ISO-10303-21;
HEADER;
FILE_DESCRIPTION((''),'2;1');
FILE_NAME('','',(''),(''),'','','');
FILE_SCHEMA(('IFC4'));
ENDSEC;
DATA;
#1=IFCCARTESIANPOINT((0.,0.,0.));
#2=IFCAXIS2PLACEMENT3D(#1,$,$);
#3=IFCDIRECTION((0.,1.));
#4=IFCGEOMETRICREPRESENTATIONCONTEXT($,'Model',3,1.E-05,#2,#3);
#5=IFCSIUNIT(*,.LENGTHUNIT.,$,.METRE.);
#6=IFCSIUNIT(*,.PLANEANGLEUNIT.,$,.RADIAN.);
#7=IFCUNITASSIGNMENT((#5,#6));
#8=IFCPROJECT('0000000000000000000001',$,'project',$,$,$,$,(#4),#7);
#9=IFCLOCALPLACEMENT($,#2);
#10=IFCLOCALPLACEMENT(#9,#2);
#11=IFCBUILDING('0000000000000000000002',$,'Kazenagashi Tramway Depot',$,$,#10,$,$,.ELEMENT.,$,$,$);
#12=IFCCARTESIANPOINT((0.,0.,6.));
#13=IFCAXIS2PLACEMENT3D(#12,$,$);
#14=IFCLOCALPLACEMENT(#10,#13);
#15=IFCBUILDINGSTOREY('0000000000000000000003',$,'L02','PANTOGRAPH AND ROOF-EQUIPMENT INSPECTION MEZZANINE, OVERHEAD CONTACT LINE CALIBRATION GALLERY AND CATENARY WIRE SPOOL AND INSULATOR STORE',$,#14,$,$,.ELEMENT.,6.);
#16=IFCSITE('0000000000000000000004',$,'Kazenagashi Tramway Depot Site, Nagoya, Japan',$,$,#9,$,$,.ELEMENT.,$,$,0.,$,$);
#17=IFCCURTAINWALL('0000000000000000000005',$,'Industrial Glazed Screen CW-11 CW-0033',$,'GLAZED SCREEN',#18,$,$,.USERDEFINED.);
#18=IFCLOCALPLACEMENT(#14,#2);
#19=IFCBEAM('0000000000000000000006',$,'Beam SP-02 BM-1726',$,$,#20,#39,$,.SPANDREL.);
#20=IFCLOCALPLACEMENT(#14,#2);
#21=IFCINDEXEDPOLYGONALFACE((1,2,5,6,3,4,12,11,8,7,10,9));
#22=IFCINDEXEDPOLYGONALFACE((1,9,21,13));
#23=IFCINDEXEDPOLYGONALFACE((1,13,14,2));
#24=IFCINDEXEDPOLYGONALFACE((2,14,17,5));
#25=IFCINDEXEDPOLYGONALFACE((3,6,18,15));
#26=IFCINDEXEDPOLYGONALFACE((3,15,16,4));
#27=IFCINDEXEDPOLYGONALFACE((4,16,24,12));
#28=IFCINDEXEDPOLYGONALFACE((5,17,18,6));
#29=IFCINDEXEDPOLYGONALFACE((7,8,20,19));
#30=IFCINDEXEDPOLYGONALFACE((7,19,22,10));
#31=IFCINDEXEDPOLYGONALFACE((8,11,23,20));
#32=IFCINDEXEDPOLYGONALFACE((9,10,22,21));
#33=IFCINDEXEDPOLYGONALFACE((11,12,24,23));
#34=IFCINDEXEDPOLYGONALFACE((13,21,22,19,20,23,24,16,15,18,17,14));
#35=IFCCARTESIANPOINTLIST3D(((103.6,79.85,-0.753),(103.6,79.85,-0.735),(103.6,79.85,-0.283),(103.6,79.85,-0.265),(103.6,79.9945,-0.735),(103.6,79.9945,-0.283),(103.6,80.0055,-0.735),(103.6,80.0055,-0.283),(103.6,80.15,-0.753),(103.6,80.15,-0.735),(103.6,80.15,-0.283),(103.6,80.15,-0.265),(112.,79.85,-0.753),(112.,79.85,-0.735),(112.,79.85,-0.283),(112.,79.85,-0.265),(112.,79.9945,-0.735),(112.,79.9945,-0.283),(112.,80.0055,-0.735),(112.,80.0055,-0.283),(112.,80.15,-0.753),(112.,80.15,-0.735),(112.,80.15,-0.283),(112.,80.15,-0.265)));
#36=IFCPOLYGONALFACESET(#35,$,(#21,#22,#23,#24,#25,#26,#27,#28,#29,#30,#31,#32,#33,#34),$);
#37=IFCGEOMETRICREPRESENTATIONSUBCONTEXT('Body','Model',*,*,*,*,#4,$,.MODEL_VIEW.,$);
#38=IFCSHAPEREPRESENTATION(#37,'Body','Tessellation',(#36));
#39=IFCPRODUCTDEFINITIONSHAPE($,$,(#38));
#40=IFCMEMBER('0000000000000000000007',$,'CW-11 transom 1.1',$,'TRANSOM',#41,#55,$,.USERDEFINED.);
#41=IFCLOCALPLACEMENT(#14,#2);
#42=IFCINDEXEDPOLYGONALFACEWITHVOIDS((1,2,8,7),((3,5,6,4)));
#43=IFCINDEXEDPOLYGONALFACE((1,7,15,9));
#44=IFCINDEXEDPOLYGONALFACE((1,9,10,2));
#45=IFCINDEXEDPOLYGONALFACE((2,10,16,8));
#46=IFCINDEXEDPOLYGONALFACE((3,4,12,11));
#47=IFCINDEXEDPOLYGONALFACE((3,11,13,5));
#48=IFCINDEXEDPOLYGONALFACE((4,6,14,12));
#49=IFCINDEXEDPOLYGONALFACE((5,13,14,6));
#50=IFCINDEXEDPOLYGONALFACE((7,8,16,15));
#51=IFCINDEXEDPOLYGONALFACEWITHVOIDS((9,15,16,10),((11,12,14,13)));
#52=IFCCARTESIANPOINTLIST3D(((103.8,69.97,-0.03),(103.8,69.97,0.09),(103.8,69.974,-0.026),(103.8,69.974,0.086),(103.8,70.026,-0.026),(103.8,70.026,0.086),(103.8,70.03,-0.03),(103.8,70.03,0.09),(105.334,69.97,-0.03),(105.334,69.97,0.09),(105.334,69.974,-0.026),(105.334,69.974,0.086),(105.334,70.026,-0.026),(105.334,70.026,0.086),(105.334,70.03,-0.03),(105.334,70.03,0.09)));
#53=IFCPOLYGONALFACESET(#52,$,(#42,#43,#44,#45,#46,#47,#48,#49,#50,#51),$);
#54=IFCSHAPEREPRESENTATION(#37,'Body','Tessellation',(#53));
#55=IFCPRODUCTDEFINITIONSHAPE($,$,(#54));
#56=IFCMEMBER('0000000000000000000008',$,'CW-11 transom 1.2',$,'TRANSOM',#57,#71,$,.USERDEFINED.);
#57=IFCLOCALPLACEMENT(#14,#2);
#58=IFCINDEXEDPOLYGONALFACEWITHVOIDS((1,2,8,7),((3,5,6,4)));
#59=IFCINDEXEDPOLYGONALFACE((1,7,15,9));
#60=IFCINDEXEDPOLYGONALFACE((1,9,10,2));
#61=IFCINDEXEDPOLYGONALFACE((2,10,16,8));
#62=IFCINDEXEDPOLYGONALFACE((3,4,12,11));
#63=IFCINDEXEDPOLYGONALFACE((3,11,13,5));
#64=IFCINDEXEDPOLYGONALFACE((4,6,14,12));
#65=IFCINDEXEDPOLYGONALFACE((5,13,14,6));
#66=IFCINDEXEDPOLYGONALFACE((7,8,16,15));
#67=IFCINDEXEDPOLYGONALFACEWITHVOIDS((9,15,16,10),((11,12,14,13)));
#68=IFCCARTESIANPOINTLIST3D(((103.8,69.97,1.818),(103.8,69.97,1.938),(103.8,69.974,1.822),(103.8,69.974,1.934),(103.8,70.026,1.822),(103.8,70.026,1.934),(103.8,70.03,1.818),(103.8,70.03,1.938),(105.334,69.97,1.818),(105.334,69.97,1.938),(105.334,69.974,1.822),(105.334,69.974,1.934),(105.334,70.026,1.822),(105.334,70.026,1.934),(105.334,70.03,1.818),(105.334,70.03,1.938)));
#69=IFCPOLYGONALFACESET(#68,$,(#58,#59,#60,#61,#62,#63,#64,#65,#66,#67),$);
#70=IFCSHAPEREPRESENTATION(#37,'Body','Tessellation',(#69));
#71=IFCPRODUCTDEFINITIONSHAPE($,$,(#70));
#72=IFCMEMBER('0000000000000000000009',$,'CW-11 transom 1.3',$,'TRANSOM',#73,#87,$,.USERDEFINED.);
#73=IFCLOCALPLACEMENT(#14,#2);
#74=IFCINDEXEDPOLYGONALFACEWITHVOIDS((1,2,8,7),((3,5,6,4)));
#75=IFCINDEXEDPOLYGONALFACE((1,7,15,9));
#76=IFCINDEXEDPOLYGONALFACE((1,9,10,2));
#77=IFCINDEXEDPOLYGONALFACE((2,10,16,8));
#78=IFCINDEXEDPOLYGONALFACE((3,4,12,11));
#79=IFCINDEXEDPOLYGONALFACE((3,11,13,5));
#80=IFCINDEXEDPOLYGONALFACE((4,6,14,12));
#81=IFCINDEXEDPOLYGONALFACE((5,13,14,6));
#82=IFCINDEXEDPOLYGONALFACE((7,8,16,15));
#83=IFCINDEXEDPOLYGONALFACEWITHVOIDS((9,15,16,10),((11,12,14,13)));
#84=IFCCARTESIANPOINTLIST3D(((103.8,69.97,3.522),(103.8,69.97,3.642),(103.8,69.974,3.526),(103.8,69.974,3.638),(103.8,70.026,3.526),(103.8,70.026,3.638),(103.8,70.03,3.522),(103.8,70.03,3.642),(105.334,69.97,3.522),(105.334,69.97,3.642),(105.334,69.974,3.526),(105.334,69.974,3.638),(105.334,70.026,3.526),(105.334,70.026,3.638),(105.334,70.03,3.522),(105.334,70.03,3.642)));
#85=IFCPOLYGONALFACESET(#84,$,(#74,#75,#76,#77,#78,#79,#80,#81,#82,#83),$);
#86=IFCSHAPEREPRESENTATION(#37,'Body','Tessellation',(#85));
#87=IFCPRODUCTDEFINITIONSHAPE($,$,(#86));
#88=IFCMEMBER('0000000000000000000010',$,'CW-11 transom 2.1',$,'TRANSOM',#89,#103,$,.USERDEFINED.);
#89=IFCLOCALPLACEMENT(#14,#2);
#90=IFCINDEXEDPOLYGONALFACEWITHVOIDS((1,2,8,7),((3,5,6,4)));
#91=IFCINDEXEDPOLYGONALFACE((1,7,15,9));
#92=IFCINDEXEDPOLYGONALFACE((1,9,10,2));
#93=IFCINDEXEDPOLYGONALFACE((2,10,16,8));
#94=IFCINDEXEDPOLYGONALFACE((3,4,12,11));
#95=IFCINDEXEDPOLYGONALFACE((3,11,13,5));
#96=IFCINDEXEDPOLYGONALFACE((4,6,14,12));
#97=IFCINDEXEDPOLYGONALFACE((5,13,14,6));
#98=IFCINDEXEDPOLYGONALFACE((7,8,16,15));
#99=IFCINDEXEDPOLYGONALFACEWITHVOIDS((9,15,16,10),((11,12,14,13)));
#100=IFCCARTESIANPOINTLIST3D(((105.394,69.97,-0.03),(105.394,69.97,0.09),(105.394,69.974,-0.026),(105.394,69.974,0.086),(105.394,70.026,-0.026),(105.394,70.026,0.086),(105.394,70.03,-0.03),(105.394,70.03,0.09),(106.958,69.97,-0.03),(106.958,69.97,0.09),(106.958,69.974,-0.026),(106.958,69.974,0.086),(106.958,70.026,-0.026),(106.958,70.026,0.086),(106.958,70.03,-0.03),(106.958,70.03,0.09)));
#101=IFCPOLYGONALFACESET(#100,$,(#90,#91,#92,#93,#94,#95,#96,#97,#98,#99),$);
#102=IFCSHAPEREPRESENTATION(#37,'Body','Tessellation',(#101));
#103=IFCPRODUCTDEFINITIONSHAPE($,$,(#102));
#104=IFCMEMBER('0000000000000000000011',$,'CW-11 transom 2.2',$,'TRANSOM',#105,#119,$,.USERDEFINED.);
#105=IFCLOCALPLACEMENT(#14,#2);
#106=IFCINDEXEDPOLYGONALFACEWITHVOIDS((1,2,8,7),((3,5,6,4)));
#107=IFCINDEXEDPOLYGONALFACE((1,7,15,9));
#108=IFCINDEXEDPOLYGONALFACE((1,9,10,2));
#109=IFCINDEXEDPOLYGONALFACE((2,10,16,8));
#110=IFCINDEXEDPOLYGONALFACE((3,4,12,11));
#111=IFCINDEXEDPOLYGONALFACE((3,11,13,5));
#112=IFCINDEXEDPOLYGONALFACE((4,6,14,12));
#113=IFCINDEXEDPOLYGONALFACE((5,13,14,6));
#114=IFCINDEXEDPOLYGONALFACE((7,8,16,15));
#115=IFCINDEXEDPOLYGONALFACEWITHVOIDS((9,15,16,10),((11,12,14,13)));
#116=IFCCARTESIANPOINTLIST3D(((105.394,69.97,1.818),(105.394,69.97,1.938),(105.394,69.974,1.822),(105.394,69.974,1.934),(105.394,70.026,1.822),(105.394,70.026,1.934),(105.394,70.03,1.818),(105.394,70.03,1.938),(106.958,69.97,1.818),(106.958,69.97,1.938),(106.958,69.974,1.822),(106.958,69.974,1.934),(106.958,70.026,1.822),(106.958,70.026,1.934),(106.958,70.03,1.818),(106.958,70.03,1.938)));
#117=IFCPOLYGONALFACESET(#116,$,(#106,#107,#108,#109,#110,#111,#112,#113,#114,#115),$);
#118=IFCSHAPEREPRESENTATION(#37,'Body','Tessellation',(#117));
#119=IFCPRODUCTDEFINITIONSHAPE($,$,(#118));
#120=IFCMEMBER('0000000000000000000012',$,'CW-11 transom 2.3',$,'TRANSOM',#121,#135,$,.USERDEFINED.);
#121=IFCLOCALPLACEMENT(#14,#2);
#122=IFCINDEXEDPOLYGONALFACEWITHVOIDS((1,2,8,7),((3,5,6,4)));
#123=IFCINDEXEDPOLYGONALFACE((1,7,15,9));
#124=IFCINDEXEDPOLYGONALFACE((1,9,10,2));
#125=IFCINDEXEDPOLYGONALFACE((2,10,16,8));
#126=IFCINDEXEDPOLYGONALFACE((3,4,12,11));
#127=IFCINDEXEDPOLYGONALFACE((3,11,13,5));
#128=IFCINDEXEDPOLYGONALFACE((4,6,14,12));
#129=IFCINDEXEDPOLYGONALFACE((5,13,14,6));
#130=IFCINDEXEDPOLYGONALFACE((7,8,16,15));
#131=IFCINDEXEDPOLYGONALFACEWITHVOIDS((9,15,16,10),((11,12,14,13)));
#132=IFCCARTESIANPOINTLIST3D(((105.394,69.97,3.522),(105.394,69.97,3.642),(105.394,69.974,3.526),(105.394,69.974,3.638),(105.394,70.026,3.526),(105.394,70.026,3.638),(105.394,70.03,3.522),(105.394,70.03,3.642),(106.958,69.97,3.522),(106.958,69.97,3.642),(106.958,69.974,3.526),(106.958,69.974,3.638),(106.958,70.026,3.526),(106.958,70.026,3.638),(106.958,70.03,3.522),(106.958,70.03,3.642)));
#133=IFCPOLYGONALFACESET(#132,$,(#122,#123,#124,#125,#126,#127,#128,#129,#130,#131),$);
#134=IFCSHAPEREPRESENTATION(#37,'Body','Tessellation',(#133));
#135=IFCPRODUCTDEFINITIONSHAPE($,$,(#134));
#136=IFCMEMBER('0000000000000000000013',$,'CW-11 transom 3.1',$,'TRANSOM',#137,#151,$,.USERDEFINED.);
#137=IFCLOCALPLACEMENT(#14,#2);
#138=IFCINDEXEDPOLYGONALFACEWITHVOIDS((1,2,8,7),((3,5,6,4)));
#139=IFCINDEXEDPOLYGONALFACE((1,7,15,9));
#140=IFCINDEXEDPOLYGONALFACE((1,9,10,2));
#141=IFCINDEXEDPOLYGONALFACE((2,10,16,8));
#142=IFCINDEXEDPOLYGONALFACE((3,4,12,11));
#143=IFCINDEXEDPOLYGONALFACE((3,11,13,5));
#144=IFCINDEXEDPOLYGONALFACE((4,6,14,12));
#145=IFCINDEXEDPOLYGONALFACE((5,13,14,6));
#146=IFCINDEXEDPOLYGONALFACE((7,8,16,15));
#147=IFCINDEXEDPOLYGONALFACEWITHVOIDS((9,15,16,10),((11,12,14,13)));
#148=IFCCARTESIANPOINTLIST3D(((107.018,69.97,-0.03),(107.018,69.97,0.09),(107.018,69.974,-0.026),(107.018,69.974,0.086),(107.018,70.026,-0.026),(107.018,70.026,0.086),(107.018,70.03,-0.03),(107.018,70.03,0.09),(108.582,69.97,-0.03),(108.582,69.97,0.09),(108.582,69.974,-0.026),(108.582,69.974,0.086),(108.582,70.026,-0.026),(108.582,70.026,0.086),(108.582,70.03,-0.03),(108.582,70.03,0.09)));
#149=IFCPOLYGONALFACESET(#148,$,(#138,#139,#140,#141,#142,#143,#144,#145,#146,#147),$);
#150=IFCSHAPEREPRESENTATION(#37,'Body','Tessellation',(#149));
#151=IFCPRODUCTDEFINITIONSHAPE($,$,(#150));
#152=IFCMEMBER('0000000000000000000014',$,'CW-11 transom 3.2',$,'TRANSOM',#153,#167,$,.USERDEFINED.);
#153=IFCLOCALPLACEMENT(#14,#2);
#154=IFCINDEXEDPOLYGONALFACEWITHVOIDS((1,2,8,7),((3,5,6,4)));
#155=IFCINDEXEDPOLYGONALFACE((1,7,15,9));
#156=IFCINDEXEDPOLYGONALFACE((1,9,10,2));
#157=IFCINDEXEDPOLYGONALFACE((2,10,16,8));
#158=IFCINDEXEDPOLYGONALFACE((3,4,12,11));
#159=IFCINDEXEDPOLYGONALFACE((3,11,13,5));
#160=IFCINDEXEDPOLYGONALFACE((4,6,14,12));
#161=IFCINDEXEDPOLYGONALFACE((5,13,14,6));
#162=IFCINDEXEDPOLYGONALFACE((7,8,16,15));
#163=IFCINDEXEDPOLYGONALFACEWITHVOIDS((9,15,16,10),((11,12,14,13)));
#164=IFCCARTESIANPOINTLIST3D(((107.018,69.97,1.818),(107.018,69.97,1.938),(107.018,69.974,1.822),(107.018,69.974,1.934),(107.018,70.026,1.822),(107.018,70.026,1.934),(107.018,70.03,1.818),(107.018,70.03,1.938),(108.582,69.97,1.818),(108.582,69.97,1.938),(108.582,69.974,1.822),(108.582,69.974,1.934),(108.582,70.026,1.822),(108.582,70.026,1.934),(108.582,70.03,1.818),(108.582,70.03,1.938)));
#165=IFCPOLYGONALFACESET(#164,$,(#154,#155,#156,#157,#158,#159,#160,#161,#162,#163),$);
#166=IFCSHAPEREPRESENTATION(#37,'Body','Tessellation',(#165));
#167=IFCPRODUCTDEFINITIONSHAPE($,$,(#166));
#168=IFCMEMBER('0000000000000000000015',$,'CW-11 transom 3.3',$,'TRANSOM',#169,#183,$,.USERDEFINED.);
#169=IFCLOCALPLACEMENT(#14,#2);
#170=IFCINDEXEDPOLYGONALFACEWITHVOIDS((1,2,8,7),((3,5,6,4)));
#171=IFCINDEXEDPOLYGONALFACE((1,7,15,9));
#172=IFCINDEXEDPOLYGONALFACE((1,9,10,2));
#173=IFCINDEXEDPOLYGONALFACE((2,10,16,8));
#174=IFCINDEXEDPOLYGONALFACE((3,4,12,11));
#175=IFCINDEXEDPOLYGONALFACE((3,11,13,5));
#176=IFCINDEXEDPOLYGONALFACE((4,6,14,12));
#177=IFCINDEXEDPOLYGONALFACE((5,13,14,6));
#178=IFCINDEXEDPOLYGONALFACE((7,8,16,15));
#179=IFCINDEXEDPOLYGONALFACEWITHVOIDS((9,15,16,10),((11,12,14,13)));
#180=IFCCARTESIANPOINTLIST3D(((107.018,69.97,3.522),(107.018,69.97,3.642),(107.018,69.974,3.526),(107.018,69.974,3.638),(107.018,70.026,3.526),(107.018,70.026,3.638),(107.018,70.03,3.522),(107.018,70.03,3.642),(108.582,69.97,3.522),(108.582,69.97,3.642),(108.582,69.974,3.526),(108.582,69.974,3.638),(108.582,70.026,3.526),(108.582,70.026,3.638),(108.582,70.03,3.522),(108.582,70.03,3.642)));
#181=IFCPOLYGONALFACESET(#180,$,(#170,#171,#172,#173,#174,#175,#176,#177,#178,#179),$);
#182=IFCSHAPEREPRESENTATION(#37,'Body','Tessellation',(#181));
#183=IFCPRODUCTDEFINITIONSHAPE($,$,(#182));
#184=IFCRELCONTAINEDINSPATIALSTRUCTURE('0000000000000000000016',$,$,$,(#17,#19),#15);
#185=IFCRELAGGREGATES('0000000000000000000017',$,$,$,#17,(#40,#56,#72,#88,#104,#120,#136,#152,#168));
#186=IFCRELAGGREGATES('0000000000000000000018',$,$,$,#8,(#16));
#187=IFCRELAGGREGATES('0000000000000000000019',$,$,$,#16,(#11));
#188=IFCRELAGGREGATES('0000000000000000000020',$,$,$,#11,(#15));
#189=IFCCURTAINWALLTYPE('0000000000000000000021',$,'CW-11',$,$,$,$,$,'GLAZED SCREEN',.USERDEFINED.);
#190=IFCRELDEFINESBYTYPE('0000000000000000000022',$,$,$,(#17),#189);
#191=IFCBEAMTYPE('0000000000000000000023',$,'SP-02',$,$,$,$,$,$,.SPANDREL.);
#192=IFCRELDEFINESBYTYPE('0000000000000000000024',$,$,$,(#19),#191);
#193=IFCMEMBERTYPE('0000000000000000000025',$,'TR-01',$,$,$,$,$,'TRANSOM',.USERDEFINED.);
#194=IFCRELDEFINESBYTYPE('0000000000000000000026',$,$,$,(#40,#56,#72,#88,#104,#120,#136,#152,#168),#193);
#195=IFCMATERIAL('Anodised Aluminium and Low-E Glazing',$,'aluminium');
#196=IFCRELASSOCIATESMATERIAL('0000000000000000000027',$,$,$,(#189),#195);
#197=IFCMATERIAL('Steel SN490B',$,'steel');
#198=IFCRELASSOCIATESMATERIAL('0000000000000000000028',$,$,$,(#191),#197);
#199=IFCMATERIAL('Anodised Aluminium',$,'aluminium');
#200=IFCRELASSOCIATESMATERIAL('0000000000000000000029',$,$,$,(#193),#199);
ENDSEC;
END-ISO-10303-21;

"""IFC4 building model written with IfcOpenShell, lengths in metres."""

from ifc_helpers import new_model, si_unit, direction, frame, origin, origin_2d, place, context, subcontext, project, spatial, hollow_rectangle, i_section, extrude, material, material_profile, profile_set, type_object, element, aggregate, save


model = new_model("IFC4")

# Units and contexts
model_context = context("Model", 3, precision=1e-05, world=origin(), true_north=direction((0.0, 1.0)))
body_context = subcontext(model_context, "Body", "Model", "MODEL_VIEW")
ifc_project = project(units=[si_unit("LENGTHUNIT", "METRE"), si_unit("PLANEANGLEUNIT", "RADIAN")], contexts=[model_context])

# Site, building, storey
site_placement = place(None, origin())
site = spatial("IfcSite", under=ifc_project, at=site_placement, Name="Kazenagashi Tramway Depot Site, Nagoya, Japan", CompositionType="ELEMENT", RefElevation=0.0)
building_placement = place(site_placement, origin())
building = spatial("IfcBuilding", under=site, at=building_placement, Name="Kazenagashi Tramway Depot", CompositionType="ELEMENT")
storey_placement = place(building_placement, frame((0.0, 0.0, 6.0)))
storey = spatial("IfcBuildingStorey", under=building, at=storey_placement, Name="L02", Description="PANTOGRAPH AND ROOF-EQUIPMENT INSPECTION MEZZANINE, OVERHEAD CONTACT LINE CALIBRATION GALLERY AND CATENARY WIRE SPOOL AND INSULATOR STORE", CompositionType="ELEMENT", Elevation=6.0)

# Shared definitions
ifc_material_1 = material(Name="Steel SN490B", Category="steel")

# Curtain wall
ifc_material_2 = material(Name="Anodised Aluminium and Low-E Glazing", Category="aluminium")
curtain_wall_type = type_object("IfcCurtainWallType", Name="CW-11", ElementType="GLAZED SCREEN", PredefinedType="USERDEFINED", material=ifc_material_2)
curtain_wall_placement = place(storey_placement, origin())
curtain_wall = element("IfcCurtainWall", 1, at=curtain_wall_placement, inside=storey, type_object=curtain_wall_type, Name="Industrial Glazed Screen CW-11 CW-0033", ObjectType="GLAZED SCREEN", PredefinedType="USERDEFINED")
ifc_material_3 = material(Name="Anodised Aluminium", Category="aluminium")

# Beam
ifc_material_profile_1 = material_profile(ifc_material_1, i_section(OverallWidth=0.3, OverallDepth=0.488, WebThickness=0.011, FlangeThickness=0.018, at=origin_2d()), Name="H-488x300x11x18")
ifc_profile_set_1 = profile_set([ifc_material_profile_1], Name="Steel SN490B")
beam_type_1 = type_object("IfcBeamType", Name="SP-02", PredefinedType="SPANDREL", material=ifc_profile_set_1)
beam_1_placement = place(storey_placement, frame((103.6, 80.0, -0.509), z_axis=(1.0, 0.0, 0.0), x_axis=(0.0, 1.0, 0.0)))
element("IfcBeam", 2, at=beam_1_placement, inside=storey, type_object=beam_type_1, Name="Beam SP-02 BM-1726", PredefinedType="SPANDREL", context=body_context, shape_type="SweptSolid", body=[
    extrude(i_section(OverallWidth=0.3, OverallDepth=0.488, WebThickness=0.011, FlangeThickness=0.018, at=origin_2d()), origin(), (0.0, 0.0, 1.0), 8.4),
])

# Members
ifc_material_profile_2 = material_profile(ifc_material_3, hollow_rectangle(XDim=0.06, YDim=0.12, WallThickness=0.004, at=origin_2d()), Name="RHS-120x60x4")
ifc_profile_set_2 = profile_set([ifc_material_profile_2], Name="Anodised Aluminium")
member_type_1 = type_object("IfcMemberType", Name="TR-01", ElementType="TRANSOM", PredefinedType="USERDEFINED", material=ifc_profile_set_2)
member_1_placement = place(storey_placement, frame((103.8, 70.0, 0.03), z_axis=(1.0, 0.0, 0.0), x_axis=(0.0, 1.0, 0.0)))
member_1 = element("IfcMember", 3, at=member_1_placement, type_object=member_type_1, Name="CW-11 transom 1.1", ObjectType="TRANSOM", PredefinedType="USERDEFINED", context=body_context, shape_type="SweptSolid", body=[
    extrude(hollow_rectangle(XDim=0.06, YDim=0.12, WallThickness=0.004, at=origin_2d()), origin(), (0.0, 0.0, 1.0), 1.534),
])
member_2_placement = place(storey_placement, frame((103.8, 70.0, 1.878), z_axis=(1.0, 0.0, 0.0), x_axis=(0.0, 1.0, 0.0)))
member_2 = element("IfcMember", 4, at=member_2_placement, type_object=member_type_1, Name="CW-11 transom 1.2", ObjectType="TRANSOM", PredefinedType="USERDEFINED", context=body_context, shape_type="SweptSolid", body=[
    extrude(hollow_rectangle(XDim=0.06, YDim=0.12, WallThickness=0.004, at=origin_2d()), origin(), (0.0, 0.0, 1.0), 1.534),
])
member_3_placement = place(storey_placement, frame((103.8, 70.0, 3.582), z_axis=(1.0, 0.0, 0.0), x_axis=(0.0, 1.0, 0.0)))
member_3 = element("IfcMember", 5, at=member_3_placement, type_object=member_type_1, Name="CW-11 transom 1.3", ObjectType="TRANSOM", PredefinedType="USERDEFINED", context=body_context, shape_type="SweptSolid", body=[
    extrude(hollow_rectangle(XDim=0.06, YDim=0.12, WallThickness=0.004, at=origin_2d()), origin(), (0.0, 0.0, 1.0), 1.534),
])
member_4_placement = place(storey_placement, frame((105.394, 70.0, 0.03), z_axis=(1.0, 0.0, 0.0), x_axis=(0.0, 1.0, 0.0)))
member_4 = element("IfcMember", 6, at=member_4_placement, type_object=member_type_1, Name="CW-11 transom 2.1", ObjectType="TRANSOM", PredefinedType="USERDEFINED", context=body_context, shape_type="SweptSolid", body=[
    extrude(hollow_rectangle(XDim=0.06, YDim=0.12, WallThickness=0.004, at=origin_2d()), origin(), (0.0, 0.0, 1.0), 1.564),
])
member_5_placement = place(storey_placement, frame((105.394, 70.0, 1.878), z_axis=(1.0, 0.0, 0.0), x_axis=(0.0, 1.0, 0.0)))
member_5 = element("IfcMember", 7, at=member_5_placement, type_object=member_type_1, Name="CW-11 transom 2.2", ObjectType="TRANSOM", PredefinedType="USERDEFINED", context=body_context, shape_type="SweptSolid", body=[
    extrude(hollow_rectangle(XDim=0.06, YDim=0.12, WallThickness=0.004, at=origin_2d()), origin(), (0.0, 0.0, 1.0), 1.564),
])
member_6_placement = place(storey_placement, frame((105.394, 70.0, 3.582), z_axis=(1.0, 0.0, 0.0), x_axis=(0.0, 1.0, 0.0)))
member_6 = element("IfcMember", 8, at=member_6_placement, type_object=member_type_1, Name="CW-11 transom 2.3", ObjectType="TRANSOM", PredefinedType="USERDEFINED", context=body_context, shape_type="SweptSolid", body=[
    extrude(hollow_rectangle(XDim=0.06, YDim=0.12, WallThickness=0.004, at=origin_2d()), origin(), (0.0, 0.0, 1.0), 1.564),
])
member_7_placement = place(storey_placement, frame((107.018, 70.0, 0.03), z_axis=(1.0, 0.0, 0.0), x_axis=(0.0, 1.0, 0.0)))
member_7 = element("IfcMember", 9, at=member_7_placement, type_object=member_type_1, Name="CW-11 transom 3.1", ObjectType="TRANSOM", PredefinedType="USERDEFINED", context=body_context, shape_type="SweptSolid", body=[
    extrude(hollow_rectangle(XDim=0.06, YDim=0.12, WallThickness=0.004, at=origin_2d()), origin(), (0.0, 0.0, 1.0), 1.564),
])
member_8_placement = place(storey_placement, frame((107.018, 70.0, 1.878), z_axis=(1.0, 0.0, 0.0), x_axis=(0.0, 1.0, 0.0)))
member_8 = element("IfcMember", 10, at=member_8_placement, type_object=member_type_1, Name="CW-11 transom 3.2", ObjectType="TRANSOM", PredefinedType="USERDEFINED", context=body_context, shape_type="SweptSolid", body=[
    extrude(hollow_rectangle(XDim=0.06, YDim=0.12, WallThickness=0.004, at=origin_2d()), origin(), (0.0, 0.0, 1.0), 1.564),
])
member_9_placement = place(storey_placement, frame((107.018, 70.0, 3.582), z_axis=(1.0, 0.0, 0.0), x_axis=(0.0, 1.0, 0.0)))
member_9 = element("IfcMember", 11, at=member_9_placement, type_object=member_type_1, Name="CW-11 transom 3.3", ObjectType="TRANSOM", PredefinedType="USERDEFINED", context=body_context, shape_type="SweptSolid", body=[
    extrude(hollow_rectangle(XDim=0.06, YDim=0.12, WallThickness=0.004, at=origin_2d()), origin(), (0.0, 0.0, 1.0), 1.564),
])

aggregate(curtain_wall, [member_1, member_2, member_3, member_4, member_5, member_6, member_7, member_8, member_9])

save(model, "model.ifc")
